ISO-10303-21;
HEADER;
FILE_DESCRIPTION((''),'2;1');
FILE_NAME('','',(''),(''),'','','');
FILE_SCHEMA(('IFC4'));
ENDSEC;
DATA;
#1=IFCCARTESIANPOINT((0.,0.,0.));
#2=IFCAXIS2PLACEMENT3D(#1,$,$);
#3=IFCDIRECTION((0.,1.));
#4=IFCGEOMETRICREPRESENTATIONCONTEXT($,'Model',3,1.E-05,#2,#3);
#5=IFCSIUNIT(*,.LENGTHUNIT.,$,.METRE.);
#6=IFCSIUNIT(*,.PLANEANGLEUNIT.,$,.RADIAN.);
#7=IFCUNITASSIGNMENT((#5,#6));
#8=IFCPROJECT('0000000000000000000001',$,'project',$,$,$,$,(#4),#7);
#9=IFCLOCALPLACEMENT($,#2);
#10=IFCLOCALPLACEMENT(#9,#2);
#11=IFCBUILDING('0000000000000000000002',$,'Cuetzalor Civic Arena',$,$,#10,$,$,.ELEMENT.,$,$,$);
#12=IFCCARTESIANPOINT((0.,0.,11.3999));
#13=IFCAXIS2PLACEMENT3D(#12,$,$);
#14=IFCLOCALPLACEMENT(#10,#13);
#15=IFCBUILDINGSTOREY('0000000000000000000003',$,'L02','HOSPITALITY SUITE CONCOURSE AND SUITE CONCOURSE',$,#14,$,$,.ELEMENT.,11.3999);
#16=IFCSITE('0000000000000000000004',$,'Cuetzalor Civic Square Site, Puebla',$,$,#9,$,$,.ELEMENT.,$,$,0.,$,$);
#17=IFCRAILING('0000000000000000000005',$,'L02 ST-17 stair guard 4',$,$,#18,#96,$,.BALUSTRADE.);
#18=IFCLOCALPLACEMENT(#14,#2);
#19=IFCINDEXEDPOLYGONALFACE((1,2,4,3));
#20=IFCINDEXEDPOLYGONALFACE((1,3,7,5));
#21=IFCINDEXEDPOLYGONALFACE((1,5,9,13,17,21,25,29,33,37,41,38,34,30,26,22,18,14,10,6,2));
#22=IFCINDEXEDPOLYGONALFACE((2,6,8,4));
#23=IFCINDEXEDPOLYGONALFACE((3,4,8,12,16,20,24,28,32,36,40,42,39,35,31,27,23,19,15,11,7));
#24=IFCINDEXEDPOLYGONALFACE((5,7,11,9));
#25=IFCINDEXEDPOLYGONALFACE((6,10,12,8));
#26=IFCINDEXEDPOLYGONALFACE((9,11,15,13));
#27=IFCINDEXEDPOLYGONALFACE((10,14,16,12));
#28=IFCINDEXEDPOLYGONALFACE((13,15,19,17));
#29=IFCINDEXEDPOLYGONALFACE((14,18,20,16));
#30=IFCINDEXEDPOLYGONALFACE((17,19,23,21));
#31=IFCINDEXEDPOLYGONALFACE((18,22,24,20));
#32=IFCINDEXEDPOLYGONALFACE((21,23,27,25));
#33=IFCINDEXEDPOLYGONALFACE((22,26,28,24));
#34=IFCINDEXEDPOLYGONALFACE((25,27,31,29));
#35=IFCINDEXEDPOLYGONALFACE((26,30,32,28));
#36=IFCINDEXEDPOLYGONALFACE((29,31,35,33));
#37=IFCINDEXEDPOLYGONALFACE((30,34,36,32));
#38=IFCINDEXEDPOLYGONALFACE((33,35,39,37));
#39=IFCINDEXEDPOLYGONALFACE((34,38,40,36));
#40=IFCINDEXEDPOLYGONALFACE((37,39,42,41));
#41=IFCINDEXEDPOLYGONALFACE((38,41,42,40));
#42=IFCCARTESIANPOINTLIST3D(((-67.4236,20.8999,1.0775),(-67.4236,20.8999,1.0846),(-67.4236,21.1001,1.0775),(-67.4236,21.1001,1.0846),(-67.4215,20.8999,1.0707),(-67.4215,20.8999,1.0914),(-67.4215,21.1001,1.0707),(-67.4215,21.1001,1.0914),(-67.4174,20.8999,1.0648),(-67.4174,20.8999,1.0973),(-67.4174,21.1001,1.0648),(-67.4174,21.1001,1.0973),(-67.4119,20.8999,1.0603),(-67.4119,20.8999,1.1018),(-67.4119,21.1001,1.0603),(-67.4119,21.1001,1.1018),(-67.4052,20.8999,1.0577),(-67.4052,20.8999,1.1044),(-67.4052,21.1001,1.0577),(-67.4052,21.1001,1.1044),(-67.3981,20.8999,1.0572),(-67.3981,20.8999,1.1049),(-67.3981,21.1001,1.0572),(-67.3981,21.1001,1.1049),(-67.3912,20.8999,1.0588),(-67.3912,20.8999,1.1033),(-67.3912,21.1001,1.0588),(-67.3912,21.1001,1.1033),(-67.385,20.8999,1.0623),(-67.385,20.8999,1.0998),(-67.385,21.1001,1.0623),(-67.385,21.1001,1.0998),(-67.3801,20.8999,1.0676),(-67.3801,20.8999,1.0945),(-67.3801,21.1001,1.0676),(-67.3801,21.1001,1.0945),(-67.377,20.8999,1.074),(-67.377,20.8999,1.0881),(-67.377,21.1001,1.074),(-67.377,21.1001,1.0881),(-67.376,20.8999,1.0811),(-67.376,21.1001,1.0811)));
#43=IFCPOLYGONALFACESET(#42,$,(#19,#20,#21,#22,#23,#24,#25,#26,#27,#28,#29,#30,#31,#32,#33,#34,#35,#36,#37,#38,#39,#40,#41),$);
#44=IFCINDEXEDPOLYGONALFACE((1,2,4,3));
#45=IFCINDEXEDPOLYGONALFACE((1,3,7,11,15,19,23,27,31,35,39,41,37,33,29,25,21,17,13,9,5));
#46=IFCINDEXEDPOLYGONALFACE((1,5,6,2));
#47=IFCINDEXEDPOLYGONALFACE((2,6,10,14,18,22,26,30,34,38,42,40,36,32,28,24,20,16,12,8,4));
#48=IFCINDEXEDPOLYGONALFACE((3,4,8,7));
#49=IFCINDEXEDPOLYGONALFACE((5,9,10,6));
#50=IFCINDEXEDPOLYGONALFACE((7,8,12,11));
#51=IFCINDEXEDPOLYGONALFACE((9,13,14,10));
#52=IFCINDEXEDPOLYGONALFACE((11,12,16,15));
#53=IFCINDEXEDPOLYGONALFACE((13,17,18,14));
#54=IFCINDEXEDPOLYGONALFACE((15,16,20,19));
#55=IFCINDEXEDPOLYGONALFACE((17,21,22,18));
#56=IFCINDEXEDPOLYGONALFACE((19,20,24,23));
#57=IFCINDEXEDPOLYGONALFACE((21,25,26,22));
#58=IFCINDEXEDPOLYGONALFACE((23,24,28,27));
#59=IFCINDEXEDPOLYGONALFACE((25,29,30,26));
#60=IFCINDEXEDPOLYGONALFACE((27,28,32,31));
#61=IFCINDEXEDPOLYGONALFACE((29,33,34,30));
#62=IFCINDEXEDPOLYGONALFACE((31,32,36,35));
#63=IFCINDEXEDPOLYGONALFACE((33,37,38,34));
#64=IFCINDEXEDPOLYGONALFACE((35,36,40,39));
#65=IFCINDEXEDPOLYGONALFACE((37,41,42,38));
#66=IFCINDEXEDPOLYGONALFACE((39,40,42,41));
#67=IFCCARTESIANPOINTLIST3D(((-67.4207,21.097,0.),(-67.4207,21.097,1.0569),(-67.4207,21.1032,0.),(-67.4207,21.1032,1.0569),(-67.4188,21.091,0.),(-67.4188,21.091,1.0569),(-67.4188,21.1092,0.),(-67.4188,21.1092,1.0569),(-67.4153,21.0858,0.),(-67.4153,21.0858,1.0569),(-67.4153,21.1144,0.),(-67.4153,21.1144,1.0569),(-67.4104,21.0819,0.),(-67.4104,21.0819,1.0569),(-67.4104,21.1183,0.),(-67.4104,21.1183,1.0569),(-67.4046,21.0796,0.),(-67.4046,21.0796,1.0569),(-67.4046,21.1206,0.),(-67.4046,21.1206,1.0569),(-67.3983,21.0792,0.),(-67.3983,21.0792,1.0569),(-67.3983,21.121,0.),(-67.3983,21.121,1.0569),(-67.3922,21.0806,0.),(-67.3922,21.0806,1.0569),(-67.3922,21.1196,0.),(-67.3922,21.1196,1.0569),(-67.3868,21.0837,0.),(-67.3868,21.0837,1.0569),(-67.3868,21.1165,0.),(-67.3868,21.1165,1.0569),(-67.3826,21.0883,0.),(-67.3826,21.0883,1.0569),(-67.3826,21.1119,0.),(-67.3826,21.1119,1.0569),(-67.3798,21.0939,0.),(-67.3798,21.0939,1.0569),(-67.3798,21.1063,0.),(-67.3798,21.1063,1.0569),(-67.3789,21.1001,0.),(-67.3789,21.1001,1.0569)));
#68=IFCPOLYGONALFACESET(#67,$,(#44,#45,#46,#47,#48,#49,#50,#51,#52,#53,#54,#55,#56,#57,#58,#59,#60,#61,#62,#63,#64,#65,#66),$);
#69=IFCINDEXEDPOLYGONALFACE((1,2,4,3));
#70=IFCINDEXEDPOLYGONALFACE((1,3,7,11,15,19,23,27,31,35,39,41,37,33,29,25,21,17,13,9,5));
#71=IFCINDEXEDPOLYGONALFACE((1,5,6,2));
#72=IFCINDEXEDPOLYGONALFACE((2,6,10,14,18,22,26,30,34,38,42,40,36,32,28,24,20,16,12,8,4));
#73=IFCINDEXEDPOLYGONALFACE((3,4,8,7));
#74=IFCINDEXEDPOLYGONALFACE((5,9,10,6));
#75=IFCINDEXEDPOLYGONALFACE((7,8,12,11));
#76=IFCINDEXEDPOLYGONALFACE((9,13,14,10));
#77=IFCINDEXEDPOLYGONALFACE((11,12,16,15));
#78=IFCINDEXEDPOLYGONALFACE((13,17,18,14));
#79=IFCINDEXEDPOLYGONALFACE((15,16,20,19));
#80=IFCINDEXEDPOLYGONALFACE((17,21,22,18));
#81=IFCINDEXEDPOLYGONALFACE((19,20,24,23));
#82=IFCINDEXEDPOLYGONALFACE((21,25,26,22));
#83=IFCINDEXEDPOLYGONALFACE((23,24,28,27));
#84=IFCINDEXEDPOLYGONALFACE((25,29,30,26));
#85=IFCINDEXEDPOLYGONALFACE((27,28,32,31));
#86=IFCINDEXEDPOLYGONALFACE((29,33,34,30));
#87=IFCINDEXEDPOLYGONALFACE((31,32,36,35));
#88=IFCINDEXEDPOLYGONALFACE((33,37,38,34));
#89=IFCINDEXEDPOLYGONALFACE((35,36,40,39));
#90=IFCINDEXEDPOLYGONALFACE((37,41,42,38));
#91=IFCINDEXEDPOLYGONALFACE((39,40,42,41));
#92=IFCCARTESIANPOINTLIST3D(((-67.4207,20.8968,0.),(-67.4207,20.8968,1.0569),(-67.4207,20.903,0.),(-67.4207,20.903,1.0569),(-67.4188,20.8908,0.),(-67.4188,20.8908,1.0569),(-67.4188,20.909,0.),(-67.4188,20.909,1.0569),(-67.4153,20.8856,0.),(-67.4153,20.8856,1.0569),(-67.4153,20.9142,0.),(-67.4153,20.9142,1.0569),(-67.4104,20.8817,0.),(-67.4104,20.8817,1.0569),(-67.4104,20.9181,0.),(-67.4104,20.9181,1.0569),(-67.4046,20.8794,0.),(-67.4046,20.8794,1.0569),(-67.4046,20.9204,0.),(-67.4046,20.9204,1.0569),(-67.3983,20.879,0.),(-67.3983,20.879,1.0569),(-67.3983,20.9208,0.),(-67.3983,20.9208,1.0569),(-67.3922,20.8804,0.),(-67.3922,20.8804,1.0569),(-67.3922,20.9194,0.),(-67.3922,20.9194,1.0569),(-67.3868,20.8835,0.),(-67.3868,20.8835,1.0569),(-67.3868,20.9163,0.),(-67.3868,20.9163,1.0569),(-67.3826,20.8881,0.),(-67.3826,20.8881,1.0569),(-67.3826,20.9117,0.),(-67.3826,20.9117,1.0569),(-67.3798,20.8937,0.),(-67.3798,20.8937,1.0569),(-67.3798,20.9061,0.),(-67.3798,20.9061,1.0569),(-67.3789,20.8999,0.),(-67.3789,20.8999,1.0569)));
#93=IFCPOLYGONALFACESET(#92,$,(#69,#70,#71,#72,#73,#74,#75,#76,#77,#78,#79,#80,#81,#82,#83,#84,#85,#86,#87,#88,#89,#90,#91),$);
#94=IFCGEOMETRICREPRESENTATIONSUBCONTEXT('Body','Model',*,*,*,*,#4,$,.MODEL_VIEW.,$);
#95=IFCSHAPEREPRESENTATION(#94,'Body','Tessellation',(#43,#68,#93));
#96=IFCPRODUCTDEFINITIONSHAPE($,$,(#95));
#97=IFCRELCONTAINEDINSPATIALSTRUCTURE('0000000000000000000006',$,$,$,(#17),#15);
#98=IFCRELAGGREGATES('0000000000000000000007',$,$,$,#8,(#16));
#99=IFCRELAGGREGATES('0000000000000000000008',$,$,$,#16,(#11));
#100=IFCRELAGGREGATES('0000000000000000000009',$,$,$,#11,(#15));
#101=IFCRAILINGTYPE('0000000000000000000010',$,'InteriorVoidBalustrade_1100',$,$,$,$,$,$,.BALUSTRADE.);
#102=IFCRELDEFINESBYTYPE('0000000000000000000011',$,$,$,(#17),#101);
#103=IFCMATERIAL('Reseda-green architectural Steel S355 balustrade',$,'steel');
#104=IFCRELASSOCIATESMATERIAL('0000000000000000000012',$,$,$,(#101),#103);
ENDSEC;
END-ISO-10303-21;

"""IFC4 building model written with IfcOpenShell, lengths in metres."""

from ifc_helpers import new_model, si_unit, direction, frame, origin, origin_2d, place, context, subcontext, project, spatial, circle, extrude, material, type_object, element, save


model = new_model("IFC4")

# Units and contexts
model_context = context("Model", 3, precision=1e-05, world=origin(), true_north=direction((0.0, 1.0)))
body_context = subcontext(model_context, "Body", "Model", "MODEL_VIEW")
ifc_project = project(units=[si_unit("LENGTHUNIT", "METRE"), si_unit("PLANEANGLEUNIT", "RADIAN")], contexts=[model_context])

# Site, building, storey
site_placement = place(None, origin())
site = spatial("IfcSite", under=ifc_project, at=site_placement, Name="Cuetzalor Civic Square Site, Puebla", CompositionType="ELEMENT", RefElevation=0.0)
building_placement = place(site_placement, origin())
building = spatial("IfcBuilding", under=site, at=building_placement, Name="Cuetzalor Civic Arena", CompositionType="ELEMENT")
storey_placement = place(building_placement, frame((0.0, 0.0, 11.3999)))
storey = spatial("IfcBuildingStorey", under=building, at=storey_placement, Name="L02", Description="HOSPITALITY SUITE CONCOURSE AND SUITE CONCOURSE", CompositionType="ELEMENT", Elevation=11.3999)

# Railing
ifc_material_1 = material(Name="Reseda-green architectural Steel S355 balustrade", Category="steel")
railing_type_1 = type_object("IfcRailingType", Name="InteriorVoidBalustrade_1100", PredefinedType="BALUSTRADE", material=ifc_material_1)
railing_1_placement = place(storey_placement, frame((-67.3999, 21.1001, 0.0)))
element("IfcRailing", 1, at=railing_1_placement, inside=storey, type_object=railing_type_1, Name="L02 ST-17 stair guard 4", PredefinedType="BALUSTRADE", context=body_context, shape_type="SweptSolid", body=[
    extrude(circle(Radius=0.0239, at=origin_2d()), frame((0.0, 0.0, 1.0811), z_axis=(0.0, -1.0, 0.0), x_axis=(1.0, 0.0, 0.0)), (0.0, 0.0, 1.0), 0.2002),
    extrude(circle(Radius=0.021, at=origin_2d()), origin(), (0.0, 0.0, 1.0), 1.0569),
    extrude(circle(Radius=0.021, at=origin_2d()), frame((0.0, -0.2002, 0.0)), (0.0, 0.0, 1.0), 1.0569),
])

save(model, "model.ifc")
